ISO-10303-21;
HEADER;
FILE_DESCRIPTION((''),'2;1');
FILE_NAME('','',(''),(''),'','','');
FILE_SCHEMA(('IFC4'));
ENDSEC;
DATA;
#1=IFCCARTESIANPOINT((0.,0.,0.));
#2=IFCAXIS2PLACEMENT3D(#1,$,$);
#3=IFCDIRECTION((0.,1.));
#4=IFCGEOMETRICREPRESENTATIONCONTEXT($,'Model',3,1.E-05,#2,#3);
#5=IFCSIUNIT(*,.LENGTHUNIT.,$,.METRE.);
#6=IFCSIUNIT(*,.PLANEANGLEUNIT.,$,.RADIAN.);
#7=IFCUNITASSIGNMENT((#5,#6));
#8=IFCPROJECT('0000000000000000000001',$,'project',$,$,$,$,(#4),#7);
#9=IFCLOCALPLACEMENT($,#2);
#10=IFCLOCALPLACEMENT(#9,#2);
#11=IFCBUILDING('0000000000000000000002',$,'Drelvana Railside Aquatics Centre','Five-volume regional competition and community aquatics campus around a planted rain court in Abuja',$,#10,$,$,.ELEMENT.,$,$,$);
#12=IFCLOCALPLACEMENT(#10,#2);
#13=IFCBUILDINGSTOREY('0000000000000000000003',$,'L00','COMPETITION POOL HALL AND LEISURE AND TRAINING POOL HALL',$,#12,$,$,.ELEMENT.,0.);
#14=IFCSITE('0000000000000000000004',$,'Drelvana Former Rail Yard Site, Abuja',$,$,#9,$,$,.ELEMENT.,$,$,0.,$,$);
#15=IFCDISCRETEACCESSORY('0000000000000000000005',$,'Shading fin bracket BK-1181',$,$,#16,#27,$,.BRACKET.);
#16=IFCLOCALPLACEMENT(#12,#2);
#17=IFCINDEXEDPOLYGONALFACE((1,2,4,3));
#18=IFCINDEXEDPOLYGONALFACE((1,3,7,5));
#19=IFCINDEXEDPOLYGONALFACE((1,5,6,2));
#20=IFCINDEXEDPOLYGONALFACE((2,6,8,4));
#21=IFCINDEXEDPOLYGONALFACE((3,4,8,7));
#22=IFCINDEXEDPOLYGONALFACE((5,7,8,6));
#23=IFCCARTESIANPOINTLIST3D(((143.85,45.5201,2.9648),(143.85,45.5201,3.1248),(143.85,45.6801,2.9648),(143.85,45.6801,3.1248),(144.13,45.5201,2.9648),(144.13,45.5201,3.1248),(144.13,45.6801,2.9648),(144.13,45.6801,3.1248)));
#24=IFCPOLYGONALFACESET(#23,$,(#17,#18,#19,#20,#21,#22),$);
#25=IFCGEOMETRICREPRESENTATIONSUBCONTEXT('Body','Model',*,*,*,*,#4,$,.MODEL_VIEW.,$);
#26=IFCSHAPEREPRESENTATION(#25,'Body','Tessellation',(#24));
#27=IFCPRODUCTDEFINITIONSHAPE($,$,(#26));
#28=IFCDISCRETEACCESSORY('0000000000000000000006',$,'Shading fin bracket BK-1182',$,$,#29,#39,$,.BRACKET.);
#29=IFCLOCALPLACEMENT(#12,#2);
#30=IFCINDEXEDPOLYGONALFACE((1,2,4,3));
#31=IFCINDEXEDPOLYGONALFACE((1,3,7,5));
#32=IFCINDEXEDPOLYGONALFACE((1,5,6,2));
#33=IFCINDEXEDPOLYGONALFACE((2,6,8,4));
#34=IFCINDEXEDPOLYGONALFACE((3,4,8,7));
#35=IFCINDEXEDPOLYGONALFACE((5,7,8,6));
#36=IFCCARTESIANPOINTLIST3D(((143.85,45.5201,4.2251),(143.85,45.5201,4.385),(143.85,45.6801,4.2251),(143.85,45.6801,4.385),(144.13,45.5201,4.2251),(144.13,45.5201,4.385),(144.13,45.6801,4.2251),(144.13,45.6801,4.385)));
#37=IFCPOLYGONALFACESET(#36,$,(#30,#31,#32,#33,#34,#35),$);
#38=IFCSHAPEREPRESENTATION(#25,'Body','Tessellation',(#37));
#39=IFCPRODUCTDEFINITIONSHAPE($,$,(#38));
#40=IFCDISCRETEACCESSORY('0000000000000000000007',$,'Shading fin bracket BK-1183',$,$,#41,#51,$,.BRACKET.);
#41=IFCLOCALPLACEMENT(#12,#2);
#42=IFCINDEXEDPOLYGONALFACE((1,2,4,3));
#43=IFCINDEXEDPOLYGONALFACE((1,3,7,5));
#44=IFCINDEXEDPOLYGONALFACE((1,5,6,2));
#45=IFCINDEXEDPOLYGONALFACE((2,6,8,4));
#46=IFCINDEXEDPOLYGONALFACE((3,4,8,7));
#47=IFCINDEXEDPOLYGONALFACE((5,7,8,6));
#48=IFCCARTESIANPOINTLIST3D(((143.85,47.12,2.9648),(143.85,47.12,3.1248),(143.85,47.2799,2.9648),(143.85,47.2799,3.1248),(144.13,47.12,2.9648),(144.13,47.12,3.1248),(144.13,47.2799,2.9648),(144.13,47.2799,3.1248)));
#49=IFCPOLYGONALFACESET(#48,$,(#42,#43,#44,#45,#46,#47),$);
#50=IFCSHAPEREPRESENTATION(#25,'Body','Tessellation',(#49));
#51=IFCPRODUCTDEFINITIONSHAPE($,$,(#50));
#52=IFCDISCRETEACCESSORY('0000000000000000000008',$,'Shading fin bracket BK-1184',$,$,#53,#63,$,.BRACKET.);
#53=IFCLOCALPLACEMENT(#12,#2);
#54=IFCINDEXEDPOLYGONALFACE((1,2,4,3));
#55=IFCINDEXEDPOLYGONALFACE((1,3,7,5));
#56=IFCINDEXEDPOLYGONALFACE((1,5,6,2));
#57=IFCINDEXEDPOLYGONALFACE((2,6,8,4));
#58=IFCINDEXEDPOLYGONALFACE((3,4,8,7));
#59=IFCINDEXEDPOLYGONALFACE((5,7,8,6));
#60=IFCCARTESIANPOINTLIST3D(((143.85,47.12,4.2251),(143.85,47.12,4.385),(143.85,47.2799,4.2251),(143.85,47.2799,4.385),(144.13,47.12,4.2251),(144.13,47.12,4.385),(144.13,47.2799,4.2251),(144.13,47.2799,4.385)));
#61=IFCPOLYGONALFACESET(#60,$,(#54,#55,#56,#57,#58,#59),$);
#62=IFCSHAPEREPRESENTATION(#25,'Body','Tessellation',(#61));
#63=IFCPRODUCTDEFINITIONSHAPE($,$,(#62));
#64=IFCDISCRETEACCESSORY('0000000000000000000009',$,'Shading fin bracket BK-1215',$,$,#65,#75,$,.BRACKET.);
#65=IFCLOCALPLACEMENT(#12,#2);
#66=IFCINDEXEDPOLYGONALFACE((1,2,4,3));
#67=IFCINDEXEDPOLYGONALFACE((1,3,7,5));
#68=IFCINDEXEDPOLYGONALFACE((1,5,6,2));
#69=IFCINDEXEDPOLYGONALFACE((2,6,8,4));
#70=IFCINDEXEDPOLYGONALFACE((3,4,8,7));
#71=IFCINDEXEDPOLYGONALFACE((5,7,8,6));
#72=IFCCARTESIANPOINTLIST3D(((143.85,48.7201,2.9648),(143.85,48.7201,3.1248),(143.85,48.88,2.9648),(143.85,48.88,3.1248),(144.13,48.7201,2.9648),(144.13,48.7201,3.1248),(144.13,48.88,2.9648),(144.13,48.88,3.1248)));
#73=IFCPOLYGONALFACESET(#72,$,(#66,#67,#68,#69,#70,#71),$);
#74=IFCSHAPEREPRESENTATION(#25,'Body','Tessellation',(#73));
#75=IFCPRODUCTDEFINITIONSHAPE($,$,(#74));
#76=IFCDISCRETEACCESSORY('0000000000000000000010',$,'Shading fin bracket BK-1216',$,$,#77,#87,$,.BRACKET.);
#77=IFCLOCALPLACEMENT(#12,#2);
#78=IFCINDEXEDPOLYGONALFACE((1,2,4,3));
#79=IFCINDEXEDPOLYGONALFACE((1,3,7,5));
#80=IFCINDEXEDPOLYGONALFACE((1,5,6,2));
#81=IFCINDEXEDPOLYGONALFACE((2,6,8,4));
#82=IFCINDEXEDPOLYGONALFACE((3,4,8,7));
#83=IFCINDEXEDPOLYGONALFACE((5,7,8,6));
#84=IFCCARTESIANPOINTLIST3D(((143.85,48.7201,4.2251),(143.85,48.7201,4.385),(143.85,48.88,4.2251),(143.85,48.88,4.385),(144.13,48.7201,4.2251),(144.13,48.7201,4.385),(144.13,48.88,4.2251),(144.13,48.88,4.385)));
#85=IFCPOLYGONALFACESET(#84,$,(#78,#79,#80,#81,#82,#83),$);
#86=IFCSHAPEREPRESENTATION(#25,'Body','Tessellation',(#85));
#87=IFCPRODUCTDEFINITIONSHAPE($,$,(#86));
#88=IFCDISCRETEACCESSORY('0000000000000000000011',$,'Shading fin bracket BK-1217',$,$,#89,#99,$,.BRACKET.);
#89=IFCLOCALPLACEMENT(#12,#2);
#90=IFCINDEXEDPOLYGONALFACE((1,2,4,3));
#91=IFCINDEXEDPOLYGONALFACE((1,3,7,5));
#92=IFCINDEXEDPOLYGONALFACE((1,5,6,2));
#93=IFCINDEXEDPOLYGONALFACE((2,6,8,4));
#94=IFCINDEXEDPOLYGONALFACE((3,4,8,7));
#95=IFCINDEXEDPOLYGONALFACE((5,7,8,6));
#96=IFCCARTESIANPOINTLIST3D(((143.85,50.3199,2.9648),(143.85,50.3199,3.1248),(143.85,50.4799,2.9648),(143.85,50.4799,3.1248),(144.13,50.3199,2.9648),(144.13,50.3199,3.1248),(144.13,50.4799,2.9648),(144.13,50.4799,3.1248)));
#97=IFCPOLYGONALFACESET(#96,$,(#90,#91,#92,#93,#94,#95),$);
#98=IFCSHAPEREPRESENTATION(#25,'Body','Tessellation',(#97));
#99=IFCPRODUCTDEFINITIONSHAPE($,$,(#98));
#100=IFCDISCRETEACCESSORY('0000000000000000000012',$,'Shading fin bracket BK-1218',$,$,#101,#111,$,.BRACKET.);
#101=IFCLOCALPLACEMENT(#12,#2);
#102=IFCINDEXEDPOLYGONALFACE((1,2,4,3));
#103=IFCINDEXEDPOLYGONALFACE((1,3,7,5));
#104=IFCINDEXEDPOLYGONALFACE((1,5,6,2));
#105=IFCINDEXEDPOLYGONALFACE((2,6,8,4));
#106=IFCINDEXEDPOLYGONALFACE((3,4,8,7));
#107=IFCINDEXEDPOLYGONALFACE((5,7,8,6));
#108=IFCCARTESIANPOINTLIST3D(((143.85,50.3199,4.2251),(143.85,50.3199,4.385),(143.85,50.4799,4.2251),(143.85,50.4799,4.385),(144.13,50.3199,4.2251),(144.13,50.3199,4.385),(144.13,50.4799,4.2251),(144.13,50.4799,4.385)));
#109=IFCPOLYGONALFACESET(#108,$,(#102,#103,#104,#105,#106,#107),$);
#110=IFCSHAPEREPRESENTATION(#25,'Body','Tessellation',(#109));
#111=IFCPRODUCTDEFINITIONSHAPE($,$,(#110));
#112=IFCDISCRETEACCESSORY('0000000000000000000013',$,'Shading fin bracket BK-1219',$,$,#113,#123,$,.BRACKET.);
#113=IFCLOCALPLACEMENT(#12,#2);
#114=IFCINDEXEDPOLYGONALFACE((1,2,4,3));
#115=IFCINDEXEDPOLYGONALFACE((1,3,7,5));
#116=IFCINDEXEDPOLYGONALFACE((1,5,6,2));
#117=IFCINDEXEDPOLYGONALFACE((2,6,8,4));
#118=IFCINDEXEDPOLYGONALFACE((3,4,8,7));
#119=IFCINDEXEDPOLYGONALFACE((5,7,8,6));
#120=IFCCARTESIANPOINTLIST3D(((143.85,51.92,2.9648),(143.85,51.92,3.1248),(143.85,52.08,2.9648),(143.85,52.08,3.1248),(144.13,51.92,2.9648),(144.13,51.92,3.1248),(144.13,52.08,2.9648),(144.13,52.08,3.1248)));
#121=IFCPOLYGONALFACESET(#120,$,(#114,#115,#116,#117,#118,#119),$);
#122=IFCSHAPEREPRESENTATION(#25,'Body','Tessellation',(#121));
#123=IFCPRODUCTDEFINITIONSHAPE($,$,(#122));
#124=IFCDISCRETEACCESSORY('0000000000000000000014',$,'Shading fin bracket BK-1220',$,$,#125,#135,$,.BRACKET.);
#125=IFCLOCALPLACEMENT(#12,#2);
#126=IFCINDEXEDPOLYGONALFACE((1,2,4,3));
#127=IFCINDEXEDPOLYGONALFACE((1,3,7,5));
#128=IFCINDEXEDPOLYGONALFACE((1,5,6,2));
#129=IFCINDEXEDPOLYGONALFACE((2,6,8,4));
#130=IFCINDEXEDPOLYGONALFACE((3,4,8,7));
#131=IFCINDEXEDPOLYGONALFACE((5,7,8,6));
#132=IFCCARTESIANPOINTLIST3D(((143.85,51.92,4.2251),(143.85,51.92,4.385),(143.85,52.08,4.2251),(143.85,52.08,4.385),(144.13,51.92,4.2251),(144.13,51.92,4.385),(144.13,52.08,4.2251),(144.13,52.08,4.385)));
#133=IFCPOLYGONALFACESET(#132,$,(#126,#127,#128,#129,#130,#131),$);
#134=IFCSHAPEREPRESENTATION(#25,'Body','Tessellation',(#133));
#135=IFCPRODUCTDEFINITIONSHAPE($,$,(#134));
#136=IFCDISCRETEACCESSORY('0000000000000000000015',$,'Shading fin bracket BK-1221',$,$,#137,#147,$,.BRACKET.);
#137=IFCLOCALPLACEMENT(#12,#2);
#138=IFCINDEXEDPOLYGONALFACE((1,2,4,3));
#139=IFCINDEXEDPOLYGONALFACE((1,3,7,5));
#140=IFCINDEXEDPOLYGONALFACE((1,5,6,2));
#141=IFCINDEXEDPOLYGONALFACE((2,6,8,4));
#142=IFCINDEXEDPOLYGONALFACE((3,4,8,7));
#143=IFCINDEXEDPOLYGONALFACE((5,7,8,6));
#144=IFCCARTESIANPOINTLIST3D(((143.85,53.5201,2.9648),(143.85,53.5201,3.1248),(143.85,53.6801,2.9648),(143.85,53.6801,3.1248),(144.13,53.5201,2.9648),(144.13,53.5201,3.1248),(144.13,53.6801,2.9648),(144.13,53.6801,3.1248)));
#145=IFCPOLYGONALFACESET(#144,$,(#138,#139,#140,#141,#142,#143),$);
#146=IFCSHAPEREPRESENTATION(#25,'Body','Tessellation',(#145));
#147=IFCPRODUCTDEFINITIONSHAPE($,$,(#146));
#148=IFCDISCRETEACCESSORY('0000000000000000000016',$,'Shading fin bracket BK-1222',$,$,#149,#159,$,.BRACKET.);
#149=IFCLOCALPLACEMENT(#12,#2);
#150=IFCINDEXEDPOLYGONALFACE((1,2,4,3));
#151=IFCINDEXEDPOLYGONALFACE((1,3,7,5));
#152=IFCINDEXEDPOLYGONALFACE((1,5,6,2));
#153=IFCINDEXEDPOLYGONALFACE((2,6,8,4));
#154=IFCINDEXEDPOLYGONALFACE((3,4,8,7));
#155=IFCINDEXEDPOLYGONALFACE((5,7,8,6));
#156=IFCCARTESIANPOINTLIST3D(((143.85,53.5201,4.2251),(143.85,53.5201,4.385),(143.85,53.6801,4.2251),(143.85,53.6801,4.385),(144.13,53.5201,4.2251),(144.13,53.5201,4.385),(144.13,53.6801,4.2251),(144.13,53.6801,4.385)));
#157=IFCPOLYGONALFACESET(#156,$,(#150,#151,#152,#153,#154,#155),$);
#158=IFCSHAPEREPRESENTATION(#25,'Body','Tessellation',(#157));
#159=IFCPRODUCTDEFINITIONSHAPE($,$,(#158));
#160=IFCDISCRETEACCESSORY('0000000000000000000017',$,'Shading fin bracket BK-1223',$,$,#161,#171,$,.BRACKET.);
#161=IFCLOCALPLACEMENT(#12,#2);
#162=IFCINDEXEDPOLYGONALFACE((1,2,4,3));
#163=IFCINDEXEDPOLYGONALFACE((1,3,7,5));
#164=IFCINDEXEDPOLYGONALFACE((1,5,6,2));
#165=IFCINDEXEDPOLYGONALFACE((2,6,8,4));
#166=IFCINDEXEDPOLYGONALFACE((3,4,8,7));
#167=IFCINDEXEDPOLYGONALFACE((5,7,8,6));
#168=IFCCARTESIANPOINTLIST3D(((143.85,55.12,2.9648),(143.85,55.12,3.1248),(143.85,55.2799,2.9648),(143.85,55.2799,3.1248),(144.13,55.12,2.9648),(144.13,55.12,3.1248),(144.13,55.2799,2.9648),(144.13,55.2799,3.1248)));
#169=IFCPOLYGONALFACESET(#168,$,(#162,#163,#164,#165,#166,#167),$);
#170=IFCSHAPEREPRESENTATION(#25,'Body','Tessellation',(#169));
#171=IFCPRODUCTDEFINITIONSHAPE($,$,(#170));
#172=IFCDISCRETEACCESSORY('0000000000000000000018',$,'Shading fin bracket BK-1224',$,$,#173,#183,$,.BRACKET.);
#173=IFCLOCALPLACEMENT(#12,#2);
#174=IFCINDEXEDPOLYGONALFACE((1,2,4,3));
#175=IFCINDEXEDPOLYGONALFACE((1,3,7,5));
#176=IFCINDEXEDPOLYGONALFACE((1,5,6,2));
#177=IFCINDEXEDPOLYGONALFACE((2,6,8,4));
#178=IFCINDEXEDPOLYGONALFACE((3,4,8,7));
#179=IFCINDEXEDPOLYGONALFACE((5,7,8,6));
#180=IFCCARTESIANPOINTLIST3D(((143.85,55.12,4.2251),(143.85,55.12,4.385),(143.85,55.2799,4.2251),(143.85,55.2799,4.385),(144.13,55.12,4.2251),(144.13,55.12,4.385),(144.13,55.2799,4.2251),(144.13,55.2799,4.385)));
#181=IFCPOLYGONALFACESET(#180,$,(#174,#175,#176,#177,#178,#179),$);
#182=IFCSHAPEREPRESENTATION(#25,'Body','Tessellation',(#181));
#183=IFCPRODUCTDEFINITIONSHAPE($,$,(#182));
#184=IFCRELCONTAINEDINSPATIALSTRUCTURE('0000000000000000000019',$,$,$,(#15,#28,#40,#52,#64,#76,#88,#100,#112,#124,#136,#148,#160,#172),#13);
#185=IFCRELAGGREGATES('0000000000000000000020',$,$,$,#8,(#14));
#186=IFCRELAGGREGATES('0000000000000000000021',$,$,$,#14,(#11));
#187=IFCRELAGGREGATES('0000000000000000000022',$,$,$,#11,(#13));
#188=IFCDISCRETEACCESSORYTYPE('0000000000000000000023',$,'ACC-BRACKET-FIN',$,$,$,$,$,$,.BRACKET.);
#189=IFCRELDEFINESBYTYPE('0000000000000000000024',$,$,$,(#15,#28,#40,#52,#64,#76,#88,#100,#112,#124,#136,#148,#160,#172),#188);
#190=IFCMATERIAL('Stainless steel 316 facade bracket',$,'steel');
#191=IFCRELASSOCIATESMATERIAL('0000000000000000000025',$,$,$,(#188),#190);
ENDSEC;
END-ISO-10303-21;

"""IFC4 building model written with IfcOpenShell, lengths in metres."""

from ifc_helpers import new_model, si_unit, direction, frame, origin, origin_2d, place, context, subcontext, project, spatial, rectangle, extrude, material, type_object, element, save


model = new_model("IFC4")

# Units and contexts
model_context = context("Model", 3, precision=1e-05, world=origin(), true_north=direction((0.0, 1.0)))
body_context = subcontext(model_context, "Body", "Model", "MODEL_VIEW")
ifc_project = project(units=[si_unit("LENGTHUNIT", "METRE"), si_unit("PLANEANGLEUNIT", "RADIAN")], contexts=[model_context])

# Site, building, storey
site_placement = place(None, origin())
site = spatial("IfcSite", under=ifc_project, at=site_placement, Name="Drelvana Former Rail Yard Site, Abuja", CompositionType="ELEMENT", RefElevation=0.0)
building_placement = place(site_placement, origin())
building = spatial("IfcBuilding", under=site, at=building_placement, Name="Drelvana Railside Aquatics Centre", Description="Five-volume regional competition and community aquatics campus around a planted rain court in Abuja", CompositionType="ELEMENT")
storey_placement = place(building_placement, origin())
storey = spatial("IfcBuildingStorey", under=building, at=storey_placement, Name="L00", Description="COMPETITION POOL HALL AND LEISURE AND TRAINING POOL HALL", CompositionType="ELEMENT", Elevation=0.0)

# Discrete accessories
ifc_material_1 = material(Name="Stainless steel 316 facade bracket", Category="steel")
discrete_accessory_type = type_object("IfcDiscreteAccessoryType", Name="ACC-BRACKET-FIN", PredefinedType="BRACKET", material=ifc_material_1)
for number, where, z_axis, x_axis, name in (
    (1, (143.99, 45.6001, 2.9648), (0.0, 0.0, 1.0), (-1.0, 0.0, 0.0), "Shading fin bracket BK-1181"),
    (2, (143.99, 45.6001, 4.2251), (0.0, 0.0, 1.0), (-1.0, 0.0, 0.0), "Shading fin bracket BK-1182"),
    (3, (143.99, 47.2, 2.9648), (0.0, 0.0, 1.0), (-1.0, 0.0, 0.0), "Shading fin bracket BK-1183"),
    (4, (143.99, 47.2, 4.2251), (0.0, 0.0, 1.0), (-1.0, 0.0, 0.0), "Shading fin bracket BK-1184"),
    (5, (143.99, 48.8, 2.9648), (0.0, 0.0, 1.0), (-1.0, 0.0, 0.0), "Shading fin bracket BK-1215"),
    (6, (143.99, 48.8, 4.2251), (0.0, 0.0, 1.0), (-1.0, 0.0, 0.0), "Shading fin bracket BK-1216"),
    (7, (143.99, 50.3999, 2.9648), (0.0, 0.0, 1.0), (-1.0, 0.0, 0.0), "Shading fin bracket BK-1217"),
    (8, (143.99, 50.3999, 4.2251), (0.0, 0.0, 1.0), (-1.0, 0.0, 0.0), "Shading fin bracket BK-1218"),
    (9, (143.99, 52.0, 2.9648), (0.0, 0.0, 1.0), (-1.0, 0.0, 0.0), "Shading fin bracket BK-1219"),
    (10, (143.99, 52.0, 4.2251), (0.0, 0.0, 1.0), (-1.0, 0.0, 0.0), "Shading fin bracket BK-1220"),
    (11, (143.99, 53.6001, 2.9648), (0.0, 0.0, 1.0), (-1.0, 0.0, 0.0), "Shading fin bracket BK-1221"),
    (12, (143.99, 53.6001, 4.2251), (0.0, 0.0, 1.0), (-1.0, 0.0, 0.0), "Shading fin bracket BK-1222"),
    (13, (143.99, 55.2, 2.9648), (0.0, 0.0, 1.0), (-1.0, 0.0, 0.0), "Shading fin bracket BK-1223"),
    (14, (143.99, 55.2, 4.2251), (0.0, 0.0, 1.0), (-1.0, 0.0, 0.0), "Shading fin bracket BK-1224"),
):
    element("IfcDiscreteAccessory", number, at=place(storey_placement, frame(where, z_axis=z_axis, x_axis=x_axis)), inside=storey, type_object=discrete_accessory_type, Name=name, PredefinedType="BRACKET", context=body_context, shape_type="SweptSolid", body=[
        extrude(rectangle(XDim=0.28, YDim=0.1599, at=origin_2d()), origin(), (0.0, 0.0, 1.0), 0.1599),
    ])

save(model, "model.ifc")
